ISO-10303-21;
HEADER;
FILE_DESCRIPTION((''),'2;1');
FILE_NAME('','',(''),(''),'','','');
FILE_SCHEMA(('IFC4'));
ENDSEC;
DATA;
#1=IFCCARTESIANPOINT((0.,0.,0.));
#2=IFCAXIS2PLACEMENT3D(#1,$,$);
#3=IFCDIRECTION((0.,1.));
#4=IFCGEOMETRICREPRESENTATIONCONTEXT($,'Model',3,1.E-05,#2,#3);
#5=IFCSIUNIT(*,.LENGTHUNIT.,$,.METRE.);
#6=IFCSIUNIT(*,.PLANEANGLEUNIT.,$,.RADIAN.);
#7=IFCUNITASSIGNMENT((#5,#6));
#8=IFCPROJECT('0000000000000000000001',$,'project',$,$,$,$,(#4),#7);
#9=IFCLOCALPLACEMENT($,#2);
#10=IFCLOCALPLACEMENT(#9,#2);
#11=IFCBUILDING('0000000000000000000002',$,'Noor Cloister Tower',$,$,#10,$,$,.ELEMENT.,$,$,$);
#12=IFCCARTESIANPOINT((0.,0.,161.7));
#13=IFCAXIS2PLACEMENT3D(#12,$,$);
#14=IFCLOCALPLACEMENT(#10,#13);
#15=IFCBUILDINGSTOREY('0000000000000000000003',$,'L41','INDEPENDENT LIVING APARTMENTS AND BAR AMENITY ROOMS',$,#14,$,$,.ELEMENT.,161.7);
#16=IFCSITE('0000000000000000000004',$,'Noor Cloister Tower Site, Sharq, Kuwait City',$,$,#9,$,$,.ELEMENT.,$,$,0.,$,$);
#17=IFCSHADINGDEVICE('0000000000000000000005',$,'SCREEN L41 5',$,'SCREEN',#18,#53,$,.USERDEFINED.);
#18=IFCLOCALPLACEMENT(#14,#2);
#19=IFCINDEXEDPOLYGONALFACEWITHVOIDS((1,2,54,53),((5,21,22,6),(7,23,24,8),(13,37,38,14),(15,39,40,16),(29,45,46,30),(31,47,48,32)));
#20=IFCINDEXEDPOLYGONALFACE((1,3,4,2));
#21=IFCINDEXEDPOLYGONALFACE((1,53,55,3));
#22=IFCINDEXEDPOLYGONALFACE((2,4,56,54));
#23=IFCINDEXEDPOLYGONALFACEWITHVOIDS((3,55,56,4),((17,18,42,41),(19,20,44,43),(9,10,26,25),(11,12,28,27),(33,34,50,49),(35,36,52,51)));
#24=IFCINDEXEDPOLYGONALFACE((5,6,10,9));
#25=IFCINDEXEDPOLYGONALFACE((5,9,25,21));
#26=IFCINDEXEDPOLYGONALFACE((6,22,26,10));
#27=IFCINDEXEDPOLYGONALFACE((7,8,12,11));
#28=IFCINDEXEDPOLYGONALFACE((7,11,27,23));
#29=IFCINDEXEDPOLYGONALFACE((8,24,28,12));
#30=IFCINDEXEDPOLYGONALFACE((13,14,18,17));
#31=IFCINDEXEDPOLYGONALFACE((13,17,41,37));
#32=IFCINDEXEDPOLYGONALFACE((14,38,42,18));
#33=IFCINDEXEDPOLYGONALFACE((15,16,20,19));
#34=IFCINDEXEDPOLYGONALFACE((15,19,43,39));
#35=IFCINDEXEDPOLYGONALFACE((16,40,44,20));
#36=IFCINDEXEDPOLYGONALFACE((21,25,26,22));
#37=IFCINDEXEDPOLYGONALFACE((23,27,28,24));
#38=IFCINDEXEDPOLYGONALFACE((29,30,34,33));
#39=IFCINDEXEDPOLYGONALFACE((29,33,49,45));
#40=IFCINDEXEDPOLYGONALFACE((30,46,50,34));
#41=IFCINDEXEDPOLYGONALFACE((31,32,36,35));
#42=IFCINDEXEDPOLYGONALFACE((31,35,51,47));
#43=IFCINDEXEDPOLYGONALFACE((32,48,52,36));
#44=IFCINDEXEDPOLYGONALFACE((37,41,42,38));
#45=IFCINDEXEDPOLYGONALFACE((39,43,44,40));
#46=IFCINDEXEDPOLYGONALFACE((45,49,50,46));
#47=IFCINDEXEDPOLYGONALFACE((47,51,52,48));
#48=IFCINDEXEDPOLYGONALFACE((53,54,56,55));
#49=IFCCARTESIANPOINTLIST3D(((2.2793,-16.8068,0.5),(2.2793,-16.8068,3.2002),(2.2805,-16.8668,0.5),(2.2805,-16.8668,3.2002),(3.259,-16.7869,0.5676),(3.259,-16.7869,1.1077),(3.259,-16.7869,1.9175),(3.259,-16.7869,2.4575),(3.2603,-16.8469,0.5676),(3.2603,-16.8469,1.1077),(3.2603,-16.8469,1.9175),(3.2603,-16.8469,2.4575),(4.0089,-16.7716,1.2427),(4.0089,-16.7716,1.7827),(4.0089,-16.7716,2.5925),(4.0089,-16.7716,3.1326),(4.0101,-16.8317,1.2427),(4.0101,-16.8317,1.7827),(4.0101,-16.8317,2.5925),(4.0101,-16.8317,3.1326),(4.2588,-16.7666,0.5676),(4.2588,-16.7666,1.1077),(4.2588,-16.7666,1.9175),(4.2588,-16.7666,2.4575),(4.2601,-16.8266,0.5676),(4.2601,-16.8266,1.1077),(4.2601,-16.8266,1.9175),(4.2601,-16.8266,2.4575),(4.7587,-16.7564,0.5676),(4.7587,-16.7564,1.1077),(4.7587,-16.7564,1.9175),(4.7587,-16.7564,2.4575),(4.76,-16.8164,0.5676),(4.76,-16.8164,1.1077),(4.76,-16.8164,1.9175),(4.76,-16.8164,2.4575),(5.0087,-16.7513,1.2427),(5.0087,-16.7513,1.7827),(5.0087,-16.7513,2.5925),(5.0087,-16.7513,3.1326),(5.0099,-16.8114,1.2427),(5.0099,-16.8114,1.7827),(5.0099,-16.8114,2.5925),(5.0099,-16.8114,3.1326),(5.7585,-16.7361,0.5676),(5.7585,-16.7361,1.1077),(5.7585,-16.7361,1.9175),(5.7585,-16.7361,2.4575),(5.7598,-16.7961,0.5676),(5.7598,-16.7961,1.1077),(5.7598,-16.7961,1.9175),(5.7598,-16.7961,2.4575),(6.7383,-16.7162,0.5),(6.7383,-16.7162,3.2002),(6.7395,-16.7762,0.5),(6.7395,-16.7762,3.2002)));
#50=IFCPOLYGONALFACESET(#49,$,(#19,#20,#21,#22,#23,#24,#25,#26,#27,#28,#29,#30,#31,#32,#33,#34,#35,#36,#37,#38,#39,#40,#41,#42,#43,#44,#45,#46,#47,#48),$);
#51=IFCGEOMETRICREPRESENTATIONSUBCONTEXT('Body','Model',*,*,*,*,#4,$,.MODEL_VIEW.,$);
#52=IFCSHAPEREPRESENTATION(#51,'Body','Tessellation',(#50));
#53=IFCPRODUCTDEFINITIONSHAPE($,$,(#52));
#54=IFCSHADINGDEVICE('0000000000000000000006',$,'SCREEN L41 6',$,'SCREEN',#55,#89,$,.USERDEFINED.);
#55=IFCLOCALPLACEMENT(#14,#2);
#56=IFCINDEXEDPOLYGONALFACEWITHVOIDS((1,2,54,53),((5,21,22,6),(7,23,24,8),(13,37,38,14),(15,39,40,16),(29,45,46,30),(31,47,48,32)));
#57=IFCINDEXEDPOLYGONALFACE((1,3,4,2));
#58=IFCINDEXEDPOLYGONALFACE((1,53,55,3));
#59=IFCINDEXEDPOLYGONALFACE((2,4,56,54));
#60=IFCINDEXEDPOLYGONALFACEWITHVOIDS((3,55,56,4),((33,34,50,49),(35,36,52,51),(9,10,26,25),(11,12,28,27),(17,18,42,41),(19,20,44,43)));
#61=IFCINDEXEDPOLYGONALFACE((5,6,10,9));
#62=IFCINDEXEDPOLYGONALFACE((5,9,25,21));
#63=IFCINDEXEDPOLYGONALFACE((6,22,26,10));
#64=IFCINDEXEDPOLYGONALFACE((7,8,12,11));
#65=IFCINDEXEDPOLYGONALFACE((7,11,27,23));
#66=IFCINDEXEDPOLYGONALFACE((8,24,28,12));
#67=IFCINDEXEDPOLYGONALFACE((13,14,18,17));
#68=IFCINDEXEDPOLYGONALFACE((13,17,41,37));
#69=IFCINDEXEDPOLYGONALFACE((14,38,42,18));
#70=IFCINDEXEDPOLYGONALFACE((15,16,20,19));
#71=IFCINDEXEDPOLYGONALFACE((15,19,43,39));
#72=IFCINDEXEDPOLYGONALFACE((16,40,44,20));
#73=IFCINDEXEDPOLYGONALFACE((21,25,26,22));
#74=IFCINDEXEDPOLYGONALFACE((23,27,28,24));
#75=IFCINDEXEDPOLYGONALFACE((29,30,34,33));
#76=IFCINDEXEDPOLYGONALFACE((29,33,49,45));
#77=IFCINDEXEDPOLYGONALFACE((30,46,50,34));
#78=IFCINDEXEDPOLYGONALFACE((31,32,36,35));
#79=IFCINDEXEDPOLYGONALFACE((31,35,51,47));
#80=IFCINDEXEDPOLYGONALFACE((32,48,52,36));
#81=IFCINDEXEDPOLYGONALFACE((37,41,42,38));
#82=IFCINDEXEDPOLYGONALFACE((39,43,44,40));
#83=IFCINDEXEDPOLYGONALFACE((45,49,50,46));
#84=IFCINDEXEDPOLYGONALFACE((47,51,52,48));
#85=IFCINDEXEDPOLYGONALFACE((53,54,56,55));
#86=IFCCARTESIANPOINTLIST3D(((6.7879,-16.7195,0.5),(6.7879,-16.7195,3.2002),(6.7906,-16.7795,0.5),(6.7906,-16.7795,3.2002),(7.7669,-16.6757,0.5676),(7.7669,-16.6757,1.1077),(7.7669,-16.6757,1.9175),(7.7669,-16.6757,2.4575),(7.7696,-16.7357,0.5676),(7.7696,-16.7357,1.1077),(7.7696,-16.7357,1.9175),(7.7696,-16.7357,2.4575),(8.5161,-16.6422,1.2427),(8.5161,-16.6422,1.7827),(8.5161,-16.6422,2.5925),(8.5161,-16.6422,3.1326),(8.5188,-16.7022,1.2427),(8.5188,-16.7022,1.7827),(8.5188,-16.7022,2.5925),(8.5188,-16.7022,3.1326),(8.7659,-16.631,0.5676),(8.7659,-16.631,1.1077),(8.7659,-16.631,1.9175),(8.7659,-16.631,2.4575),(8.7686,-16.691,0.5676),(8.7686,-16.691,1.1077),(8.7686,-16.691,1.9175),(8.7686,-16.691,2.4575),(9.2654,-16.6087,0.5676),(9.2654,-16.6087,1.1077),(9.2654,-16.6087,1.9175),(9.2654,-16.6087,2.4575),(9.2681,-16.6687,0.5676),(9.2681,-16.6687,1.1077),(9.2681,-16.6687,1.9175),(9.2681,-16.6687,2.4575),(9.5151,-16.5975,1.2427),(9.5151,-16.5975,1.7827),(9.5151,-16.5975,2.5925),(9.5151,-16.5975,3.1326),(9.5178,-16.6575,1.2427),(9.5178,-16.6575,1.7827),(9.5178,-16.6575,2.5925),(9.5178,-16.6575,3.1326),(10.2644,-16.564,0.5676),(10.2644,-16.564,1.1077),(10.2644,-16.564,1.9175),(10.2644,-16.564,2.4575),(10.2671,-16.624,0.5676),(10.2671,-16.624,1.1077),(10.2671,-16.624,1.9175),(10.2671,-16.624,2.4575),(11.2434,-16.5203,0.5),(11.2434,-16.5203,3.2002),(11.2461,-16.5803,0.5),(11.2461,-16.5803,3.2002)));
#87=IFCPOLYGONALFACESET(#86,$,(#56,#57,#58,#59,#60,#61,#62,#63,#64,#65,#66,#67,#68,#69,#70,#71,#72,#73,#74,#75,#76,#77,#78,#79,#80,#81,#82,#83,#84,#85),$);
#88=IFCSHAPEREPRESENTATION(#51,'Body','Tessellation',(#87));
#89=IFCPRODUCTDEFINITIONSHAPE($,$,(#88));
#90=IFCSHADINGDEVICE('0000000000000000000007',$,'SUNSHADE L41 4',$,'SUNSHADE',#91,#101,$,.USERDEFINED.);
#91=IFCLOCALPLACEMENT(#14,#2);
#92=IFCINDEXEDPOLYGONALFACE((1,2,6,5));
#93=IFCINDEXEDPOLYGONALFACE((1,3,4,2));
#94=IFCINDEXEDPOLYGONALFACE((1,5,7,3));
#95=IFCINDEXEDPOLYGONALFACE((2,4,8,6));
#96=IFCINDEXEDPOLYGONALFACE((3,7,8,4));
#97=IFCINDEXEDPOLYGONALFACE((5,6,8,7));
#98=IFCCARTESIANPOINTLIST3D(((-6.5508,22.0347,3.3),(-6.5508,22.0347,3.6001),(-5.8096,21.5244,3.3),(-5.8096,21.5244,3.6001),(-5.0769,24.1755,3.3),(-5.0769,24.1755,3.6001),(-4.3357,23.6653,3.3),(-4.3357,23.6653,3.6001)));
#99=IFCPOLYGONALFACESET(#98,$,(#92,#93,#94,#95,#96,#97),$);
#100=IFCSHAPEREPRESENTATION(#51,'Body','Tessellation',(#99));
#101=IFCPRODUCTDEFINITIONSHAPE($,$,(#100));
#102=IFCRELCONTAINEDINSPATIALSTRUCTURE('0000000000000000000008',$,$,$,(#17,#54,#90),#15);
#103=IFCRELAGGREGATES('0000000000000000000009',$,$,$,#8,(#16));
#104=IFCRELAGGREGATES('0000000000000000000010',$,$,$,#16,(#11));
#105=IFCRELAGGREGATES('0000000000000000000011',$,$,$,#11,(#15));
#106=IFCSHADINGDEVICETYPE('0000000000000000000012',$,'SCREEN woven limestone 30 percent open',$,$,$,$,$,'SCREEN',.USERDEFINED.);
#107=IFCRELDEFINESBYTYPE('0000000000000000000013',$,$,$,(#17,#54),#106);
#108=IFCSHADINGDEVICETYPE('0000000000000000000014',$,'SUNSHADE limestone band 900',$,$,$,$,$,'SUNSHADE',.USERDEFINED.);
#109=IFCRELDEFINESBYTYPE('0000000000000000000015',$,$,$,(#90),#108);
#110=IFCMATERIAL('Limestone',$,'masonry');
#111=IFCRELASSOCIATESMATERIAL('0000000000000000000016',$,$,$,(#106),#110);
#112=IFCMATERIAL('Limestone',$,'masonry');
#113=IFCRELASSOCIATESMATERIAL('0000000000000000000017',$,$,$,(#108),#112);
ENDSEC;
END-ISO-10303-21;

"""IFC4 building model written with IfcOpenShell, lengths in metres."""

from ifc_helpers import new_model, si_unit, direction, frame, origin, place, context, subcontext, project, spatial, polyline, outline, extrude, material, material_profile, profile_set, type_object, element, save


model = new_model("IFC4")

# Units and contexts
model_context = context("Model", 3, precision=1e-05, world=origin(), true_north=direction((0.0, 1.0)))
body_context = subcontext(model_context, "Body", "Model", "MODEL_VIEW")
ifc_project = project(units=[si_unit("LENGTHUNIT", "METRE"), si_unit("PLANEANGLEUNIT", "RADIAN")], contexts=[model_context])

# Site, building, storey
site_placement = place(None, origin())
site = spatial("IfcSite", under=ifc_project, at=site_placement, Name="Noor Cloister Tower Site, Sharq, Kuwait City", CompositionType="ELEMENT", RefElevation=0.0)
building_placement = place(site_placement, origin())
building = spatial("IfcBuilding", under=site, at=building_placement, Name="Noor Cloister Tower", CompositionType="ELEMENT")
storey_placement = place(building_placement, frame((0.0, 0.0, 161.7)))
storey = spatial("IfcBuildingStorey", under=building, at=storey_placement, Name="L41", Description="INDEPENDENT LIVING APARTMENTS AND BAR AMENITY ROOMS", CompositionType="ELEMENT", Elevation=161.7)

# Shading devices
ifc_material_1 = material(Name="Limestone", Category="masonry")
ifc_material_profile_1 = material_profile(ifc_material_1, outline(polyline([(-2.23, -1.3501), (2.23, -1.3501), (2.23, 1.3501), (-2.23, 1.3501), (-2.23, -1.3501)]), holes=[polyline([(-1.25, -1.2825), (-0.25, -1.2825), (-0.25, -0.7424), (-1.25, -0.7424), (-1.25, -1.2825)]), polyline([(0.25, -1.2825), (1.25, -1.2825), (1.25, -0.7424), (0.25, -0.7424), (0.25, -1.2825)]), polyline([(-0.5, -0.6074), (0.5, -0.6074), (0.5, -0.0674), (-0.5, -0.0674), (-0.5, -0.6074)]), polyline([(-1.25, 0.0674), (-0.25, 0.0674), (-0.25, 0.6074), (-1.25, 0.6074), (-1.25, 0.0674)]), polyline([(0.25, 0.0674), (1.25, 0.0674), (1.25, 0.6074), (0.25, 0.6074), (0.25, 0.0674)]), polyline([(-0.5, 0.7424), (0.5, 0.7424), (0.5, 1.2825), (-0.5, 1.2825), (-0.5, 0.7424)])]), Name="Woven screen 30 percent open")
ifc_profile_set_1 = profile_set([ifc_material_profile_1], Name="Limestone")
shading_device_type_1 = type_object("IfcShadingDeviceType", Name="SCREEN woven limestone 30 percent open", ElementType="SCREEN", PredefinedType="USERDEFINED", material=ifc_profile_set_1)
for number, where, z_axis, x_axis, name in (
    (1, (4.5088, -16.7615, 1.8501), (0.020321, -0.999794, 0.0), (0.999794, 0.020321, 0.0), "SCREEN L41 5"),
    (2, (9.0156, -16.6199, 1.8501), (0.044671, -0.999002, 0.0), (0.999002, 0.044671, 0.0), "SCREEN L41 6"),
):
    element("IfcShadingDevice", number, at=place(storey_placement, frame(where, z_axis=z_axis, x_axis=x_axis)), inside=storey, type_object=shading_device_type_1, Name=name, ObjectType="SCREEN", PredefinedType="USERDEFINED", context=body_context, shape_type="SweptSolid", body=[
        extrude(outline(polyline([(-2.23, -1.3501), (2.23, -1.3501), (2.23, 1.3501), (-2.23, 1.3501), (-2.23, -1.3501)]), holes=[polyline([(-1.25, -1.2825), (-0.25, -1.2825), (-0.25, -0.7424), (-1.25, -0.7424), (-1.25, -1.2825)]), polyline([(0.25, -1.2825), (1.25, -1.2825), (1.25, -0.7424), (0.25, -0.7424), (0.25, -1.2825)]), polyline([(-0.5, -0.6074), (0.5, -0.6074), (0.5, -0.0674), (-0.5, -0.0674), (-0.5, -0.6074)]), polyline([(-1.25, 0.0674), (-0.25, 0.0674), (-0.25, 0.6074), (-1.25, 0.6074), (-1.25, 0.0674)]), polyline([(0.25, 0.0674), (1.25, 0.0674), (1.25, 0.6074), (0.25, 0.6074), (0.25, 0.0674)]), polyline([(-0.5, 0.7424), (0.5, 0.7424), (0.5, 1.2825), (-0.5, 1.2825), (-0.5, 0.7424)])]), origin(), (0.0, 0.0, 1.0), 0.0601),
    ])
ifc_material_2 = material(Name="Limestone", Category="masonry")
shading_device_type_2 = type_object("IfcShadingDeviceType", Name="SUNSHADE limestone band 900", ElementType="SUNSHADE", PredefinedType="USERDEFINED", material=ifc_material_2)
shading_device_placement = place(storey_placement, frame((0.0, 0.0, 3.3)))
element("IfcShadingDevice", 3, at=shading_device_placement, inside=storey, type_object=shading_device_type_2, Name="SUNSHADE L41 4", ObjectType="SUNSHADE", PredefinedType="USERDEFINED", context=body_context, shape_type="SweptSolid", body=[
    extrude(outline(polyline([(-5.0769, 24.1755), (-6.5508, 22.0347), (-5.8096, 21.5244), (-4.3357, 23.6653), (-5.0769, 24.1755)])), origin(), (0.0, 0.0, 1.0), 0.3),
])

save(model, "model.ifc")
